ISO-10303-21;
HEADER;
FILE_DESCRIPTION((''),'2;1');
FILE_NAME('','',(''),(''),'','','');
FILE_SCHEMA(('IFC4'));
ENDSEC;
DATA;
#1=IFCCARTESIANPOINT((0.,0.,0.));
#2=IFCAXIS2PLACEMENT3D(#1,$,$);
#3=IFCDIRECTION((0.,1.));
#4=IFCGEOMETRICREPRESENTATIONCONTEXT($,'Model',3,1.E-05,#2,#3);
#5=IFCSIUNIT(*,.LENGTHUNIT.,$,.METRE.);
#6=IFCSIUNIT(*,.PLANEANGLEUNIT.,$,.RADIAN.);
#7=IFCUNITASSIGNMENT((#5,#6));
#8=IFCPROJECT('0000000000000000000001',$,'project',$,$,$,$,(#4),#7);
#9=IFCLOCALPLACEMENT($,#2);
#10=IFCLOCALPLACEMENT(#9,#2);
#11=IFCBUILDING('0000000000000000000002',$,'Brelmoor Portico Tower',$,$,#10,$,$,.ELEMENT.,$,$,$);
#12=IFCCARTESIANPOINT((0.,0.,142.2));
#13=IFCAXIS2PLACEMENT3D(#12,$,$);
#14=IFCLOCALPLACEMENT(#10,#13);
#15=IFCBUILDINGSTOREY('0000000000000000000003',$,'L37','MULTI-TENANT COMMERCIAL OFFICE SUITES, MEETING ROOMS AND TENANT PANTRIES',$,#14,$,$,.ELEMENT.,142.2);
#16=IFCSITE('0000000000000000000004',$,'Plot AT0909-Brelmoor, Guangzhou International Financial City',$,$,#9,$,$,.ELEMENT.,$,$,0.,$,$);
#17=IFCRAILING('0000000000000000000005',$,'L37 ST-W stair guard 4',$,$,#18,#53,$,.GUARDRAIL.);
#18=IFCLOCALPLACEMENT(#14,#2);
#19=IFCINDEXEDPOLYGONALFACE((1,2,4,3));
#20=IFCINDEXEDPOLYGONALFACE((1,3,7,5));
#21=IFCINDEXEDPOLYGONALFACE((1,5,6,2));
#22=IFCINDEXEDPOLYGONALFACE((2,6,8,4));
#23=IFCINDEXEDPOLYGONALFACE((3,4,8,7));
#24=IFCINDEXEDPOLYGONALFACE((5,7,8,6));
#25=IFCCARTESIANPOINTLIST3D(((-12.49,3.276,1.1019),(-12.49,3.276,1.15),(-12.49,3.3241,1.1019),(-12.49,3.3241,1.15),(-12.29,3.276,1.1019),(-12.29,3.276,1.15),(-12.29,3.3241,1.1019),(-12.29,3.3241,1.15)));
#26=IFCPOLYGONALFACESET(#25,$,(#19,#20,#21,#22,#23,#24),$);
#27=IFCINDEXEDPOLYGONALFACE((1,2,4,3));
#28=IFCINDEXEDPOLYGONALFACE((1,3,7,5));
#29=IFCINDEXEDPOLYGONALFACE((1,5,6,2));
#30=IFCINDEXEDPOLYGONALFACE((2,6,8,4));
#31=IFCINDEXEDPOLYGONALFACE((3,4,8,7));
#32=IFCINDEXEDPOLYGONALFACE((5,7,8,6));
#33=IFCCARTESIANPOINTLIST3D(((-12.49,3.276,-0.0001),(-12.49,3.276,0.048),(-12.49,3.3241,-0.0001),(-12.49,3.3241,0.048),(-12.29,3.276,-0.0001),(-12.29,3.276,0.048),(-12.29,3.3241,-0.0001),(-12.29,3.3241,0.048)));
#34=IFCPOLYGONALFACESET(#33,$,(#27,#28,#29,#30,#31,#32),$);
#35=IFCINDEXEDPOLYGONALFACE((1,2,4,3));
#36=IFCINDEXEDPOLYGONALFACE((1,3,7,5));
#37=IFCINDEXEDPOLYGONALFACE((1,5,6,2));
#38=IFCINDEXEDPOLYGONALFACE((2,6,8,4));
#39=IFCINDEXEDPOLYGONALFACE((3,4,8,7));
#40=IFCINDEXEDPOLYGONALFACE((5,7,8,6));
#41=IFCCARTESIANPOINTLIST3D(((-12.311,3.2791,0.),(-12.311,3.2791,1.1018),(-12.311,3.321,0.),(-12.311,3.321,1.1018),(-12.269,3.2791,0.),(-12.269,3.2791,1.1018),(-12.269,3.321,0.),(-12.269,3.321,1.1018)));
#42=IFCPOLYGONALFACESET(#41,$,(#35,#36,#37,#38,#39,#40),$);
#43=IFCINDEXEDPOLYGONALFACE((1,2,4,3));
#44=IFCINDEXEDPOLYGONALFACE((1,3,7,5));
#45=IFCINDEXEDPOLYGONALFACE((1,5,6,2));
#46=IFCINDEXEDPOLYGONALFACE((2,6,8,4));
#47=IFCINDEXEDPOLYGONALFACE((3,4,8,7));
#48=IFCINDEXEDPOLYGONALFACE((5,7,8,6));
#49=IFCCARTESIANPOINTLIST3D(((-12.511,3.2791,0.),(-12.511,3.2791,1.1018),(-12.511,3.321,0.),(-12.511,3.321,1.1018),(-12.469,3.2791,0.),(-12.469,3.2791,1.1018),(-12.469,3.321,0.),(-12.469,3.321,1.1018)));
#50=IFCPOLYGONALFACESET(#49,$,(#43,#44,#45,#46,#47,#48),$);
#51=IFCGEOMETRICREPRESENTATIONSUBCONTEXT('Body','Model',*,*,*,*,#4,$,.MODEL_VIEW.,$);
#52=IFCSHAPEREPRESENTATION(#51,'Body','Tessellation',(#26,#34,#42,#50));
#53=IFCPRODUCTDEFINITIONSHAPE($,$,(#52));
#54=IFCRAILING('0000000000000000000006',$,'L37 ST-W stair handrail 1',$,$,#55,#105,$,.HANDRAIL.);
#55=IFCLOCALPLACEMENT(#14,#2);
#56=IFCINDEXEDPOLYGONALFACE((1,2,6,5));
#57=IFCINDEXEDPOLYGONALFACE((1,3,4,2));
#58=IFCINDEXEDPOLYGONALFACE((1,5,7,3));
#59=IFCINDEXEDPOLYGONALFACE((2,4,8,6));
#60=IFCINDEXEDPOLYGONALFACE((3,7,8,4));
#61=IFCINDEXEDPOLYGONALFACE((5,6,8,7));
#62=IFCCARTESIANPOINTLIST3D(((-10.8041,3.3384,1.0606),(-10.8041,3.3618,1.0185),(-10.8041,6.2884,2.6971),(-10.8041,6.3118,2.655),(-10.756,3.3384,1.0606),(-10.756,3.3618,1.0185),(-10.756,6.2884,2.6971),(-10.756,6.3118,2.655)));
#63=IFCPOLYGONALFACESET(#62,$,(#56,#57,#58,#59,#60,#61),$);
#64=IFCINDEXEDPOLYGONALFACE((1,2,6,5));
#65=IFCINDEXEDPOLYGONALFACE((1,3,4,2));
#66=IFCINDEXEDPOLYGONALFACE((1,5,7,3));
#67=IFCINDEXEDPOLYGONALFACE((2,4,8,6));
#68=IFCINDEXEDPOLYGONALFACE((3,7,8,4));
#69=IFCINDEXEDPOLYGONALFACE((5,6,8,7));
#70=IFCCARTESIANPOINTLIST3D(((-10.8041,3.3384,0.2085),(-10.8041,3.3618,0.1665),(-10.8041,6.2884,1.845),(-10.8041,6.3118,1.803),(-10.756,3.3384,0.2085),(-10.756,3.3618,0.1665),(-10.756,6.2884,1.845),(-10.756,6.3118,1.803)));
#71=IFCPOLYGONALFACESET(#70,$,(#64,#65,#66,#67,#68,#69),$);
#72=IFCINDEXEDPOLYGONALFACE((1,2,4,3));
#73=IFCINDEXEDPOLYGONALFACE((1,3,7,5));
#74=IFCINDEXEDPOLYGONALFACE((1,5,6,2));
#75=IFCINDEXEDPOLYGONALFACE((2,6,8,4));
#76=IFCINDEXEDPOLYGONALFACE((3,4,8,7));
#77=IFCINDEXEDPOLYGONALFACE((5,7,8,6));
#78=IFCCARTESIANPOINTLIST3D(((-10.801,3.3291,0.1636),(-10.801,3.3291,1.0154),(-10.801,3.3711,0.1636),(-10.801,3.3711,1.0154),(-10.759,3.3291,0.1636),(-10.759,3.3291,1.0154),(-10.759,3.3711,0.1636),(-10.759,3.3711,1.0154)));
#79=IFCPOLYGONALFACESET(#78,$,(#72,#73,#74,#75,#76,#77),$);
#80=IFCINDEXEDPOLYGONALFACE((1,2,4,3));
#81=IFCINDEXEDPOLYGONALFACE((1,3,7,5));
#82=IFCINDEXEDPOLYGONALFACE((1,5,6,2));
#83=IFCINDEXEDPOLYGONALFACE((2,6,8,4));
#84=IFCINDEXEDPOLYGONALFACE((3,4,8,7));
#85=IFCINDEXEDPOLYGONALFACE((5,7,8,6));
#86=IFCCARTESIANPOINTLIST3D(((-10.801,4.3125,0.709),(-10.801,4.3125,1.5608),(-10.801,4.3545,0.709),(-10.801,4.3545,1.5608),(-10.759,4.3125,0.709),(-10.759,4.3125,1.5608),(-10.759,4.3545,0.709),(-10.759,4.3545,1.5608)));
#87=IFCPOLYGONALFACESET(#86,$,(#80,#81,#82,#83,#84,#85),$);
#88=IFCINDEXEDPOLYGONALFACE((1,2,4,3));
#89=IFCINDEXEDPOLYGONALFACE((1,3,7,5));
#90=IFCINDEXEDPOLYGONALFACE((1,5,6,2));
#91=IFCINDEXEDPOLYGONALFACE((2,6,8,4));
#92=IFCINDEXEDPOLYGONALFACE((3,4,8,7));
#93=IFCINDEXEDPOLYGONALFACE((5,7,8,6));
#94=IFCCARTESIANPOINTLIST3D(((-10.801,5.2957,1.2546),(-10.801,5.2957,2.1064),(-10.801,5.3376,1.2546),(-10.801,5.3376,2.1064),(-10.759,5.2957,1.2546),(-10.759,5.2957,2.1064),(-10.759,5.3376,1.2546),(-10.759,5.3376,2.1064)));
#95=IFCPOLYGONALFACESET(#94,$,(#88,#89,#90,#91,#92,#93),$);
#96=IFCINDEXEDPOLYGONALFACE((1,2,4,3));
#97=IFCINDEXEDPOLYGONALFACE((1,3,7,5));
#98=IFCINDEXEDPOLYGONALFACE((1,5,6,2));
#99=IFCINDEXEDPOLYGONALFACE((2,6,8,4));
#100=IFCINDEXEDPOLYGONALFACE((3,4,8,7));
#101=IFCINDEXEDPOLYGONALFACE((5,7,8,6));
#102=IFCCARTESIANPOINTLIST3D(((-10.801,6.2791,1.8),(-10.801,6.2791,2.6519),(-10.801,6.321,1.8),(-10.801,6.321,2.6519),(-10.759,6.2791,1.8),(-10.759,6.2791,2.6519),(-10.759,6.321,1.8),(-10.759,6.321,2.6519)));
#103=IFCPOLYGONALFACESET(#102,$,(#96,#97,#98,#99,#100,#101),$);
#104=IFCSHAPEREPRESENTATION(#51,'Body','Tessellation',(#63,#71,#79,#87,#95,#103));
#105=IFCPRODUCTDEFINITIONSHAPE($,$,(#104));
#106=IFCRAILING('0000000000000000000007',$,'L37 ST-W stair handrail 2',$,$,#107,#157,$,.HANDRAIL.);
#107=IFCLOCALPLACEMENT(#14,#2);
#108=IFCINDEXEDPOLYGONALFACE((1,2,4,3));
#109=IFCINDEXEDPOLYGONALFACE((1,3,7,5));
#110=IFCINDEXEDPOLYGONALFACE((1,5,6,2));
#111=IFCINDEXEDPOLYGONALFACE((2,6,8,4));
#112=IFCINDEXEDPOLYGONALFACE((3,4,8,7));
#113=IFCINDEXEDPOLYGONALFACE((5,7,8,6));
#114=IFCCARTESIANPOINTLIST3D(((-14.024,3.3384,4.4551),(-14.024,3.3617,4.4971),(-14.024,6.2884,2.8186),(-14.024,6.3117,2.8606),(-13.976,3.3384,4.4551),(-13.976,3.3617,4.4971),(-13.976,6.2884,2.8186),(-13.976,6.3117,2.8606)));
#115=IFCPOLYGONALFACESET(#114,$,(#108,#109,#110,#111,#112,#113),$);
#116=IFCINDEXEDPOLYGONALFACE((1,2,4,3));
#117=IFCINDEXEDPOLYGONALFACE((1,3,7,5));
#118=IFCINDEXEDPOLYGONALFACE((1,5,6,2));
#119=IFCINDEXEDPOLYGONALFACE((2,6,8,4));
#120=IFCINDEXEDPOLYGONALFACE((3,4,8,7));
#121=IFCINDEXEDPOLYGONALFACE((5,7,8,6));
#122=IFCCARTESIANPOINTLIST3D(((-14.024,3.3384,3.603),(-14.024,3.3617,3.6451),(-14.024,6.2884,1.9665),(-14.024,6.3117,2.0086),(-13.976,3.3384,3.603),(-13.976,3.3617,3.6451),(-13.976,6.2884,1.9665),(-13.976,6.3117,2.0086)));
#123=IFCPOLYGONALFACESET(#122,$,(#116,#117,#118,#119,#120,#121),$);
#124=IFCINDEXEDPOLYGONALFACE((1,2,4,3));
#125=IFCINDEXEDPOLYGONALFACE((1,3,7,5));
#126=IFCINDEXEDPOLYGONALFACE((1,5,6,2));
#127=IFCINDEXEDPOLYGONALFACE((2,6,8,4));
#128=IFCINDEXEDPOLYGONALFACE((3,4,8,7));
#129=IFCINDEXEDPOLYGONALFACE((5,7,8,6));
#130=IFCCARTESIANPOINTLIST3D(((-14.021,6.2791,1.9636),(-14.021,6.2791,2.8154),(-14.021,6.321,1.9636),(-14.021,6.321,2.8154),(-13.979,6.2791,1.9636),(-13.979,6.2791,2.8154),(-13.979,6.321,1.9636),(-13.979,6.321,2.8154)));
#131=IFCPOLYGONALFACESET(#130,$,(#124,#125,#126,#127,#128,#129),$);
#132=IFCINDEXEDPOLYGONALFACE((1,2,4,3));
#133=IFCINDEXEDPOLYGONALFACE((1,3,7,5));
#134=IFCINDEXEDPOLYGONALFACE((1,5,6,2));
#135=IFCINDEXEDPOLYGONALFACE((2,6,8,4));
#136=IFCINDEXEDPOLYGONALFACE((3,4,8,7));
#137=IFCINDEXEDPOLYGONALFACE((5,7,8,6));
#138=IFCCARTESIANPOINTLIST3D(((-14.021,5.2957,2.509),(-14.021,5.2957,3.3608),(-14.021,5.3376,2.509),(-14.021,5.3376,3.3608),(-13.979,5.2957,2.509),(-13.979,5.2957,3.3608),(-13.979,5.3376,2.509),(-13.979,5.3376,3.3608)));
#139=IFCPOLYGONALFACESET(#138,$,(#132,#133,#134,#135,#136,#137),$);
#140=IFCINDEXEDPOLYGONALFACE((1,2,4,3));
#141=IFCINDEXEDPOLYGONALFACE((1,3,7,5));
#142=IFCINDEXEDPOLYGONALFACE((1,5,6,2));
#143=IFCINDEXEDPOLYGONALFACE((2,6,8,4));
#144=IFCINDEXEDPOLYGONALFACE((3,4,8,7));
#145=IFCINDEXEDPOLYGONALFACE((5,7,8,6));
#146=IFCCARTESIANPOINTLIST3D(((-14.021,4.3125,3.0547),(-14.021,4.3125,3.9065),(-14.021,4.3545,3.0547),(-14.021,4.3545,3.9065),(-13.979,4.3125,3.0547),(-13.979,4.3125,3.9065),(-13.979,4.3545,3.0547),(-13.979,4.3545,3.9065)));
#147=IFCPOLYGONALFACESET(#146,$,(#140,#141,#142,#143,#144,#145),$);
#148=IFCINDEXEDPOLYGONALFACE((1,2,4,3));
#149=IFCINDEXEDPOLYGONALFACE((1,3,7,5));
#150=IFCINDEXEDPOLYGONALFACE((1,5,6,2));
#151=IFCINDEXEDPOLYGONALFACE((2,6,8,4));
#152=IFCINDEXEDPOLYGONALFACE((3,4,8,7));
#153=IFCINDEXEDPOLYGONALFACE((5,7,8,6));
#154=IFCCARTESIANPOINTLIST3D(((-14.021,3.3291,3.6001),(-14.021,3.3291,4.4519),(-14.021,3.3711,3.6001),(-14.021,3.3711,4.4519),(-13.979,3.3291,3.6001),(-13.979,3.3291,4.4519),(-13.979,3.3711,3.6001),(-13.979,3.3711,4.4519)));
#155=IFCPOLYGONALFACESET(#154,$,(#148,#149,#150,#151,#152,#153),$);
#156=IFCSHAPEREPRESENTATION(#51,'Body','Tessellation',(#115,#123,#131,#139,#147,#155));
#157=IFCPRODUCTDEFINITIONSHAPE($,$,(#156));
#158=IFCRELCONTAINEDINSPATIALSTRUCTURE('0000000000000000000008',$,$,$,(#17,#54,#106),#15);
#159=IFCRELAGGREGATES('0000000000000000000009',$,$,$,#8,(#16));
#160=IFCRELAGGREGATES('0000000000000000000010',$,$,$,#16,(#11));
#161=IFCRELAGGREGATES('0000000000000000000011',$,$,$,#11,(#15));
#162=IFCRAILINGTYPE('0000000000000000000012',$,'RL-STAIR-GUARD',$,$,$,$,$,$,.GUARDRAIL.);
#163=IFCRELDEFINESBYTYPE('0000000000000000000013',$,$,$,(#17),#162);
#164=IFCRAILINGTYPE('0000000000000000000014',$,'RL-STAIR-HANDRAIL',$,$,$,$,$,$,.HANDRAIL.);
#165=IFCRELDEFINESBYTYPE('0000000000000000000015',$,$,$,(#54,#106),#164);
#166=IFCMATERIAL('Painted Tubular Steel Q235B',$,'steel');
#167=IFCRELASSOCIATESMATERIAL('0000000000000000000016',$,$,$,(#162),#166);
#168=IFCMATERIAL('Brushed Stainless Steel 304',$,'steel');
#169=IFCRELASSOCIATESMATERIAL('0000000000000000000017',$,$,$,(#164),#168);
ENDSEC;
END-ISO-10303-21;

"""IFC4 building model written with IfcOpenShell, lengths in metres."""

from ifc_helpers import new_model, si_unit, direction, frame, origin, origin_2d, place, context, subcontext, project, spatial, rectangle, extrude, material, type_object, element, save


model = new_model("IFC4")

# Units and contexts
model_context = context("Model", 3, precision=1e-05, world=origin(), true_north=direction((0.0, 1.0)))
body_context = subcontext(model_context, "Body", "Model", "MODEL_VIEW")
ifc_project = project(units=[si_unit("LENGTHUNIT", "METRE"), si_unit("PLANEANGLEUNIT", "RADIAN")], contexts=[model_context])

# Site, building, storey
site_placement = place(None, origin())
site = spatial("IfcSite", under=ifc_project, at=site_placement, Name="Plot AT0909-Brelmoor, Guangzhou International Financial City", CompositionType="ELEMENT", RefElevation=0.0)
building_placement = place(site_placement, origin())
building = spatial("IfcBuilding", under=site, at=building_placement, Name="Brelmoor Portico Tower", CompositionType="ELEMENT")
storey_placement = place(building_placement, frame((0.0, 0.0, 142.2)))
storey = spatial("IfcBuildingStorey", under=building, at=storey_placement, Name="L37", Description="MULTI-TENANT COMMERCIAL OFFICE SUITES, MEETING ROOMS AND TENANT PANTRIES", CompositionType="ELEMENT", Elevation=142.2)

# Railings
ifc_material_1 = material(Name="Painted Tubular Steel Q235B", Category="steel")
railing_type_1 = type_object("IfcRailingType", Name="RL-STAIR-GUARD", PredefinedType="GUARDRAIL", material=ifc_material_1)
railing_1_placement = place(storey_placement, frame((-12.29, 3.3, 0.0)))
element("IfcRailing", 1, at=railing_1_placement, inside=storey, type_object=railing_type_1, Name="L37 ST-W stair guard 4", PredefinedType="GUARDRAIL", context=body_context, shape_type="SweptSolid", body=[
    extrude(rectangle(XDim=0.0481, YDim=0.0481, at=origin_2d()), frame((0.0, 0.0, 1.126), z_axis=(-1.0, 0.0, 0.0), x_axis=(0.0, -1.0, 0.0)), (0.0, 0.0, 1.0), 0.2),
    extrude(rectangle(XDim=0.0481, YDim=0.0481, at=origin_2d()), frame((0.0, 0.0, 0.0239), z_axis=(-1.0, 0.0, 0.0), x_axis=(0.0, -1.0, 0.0)), (0.0, 0.0, 1.0), 0.2),
    extrude(rectangle(XDim=0.042, YDim=0.042, at=origin_2d()), origin(), (0.0, 0.0, 1.0), 1.1018),
    extrude(rectangle(XDim=0.042, YDim=0.042, at=origin_2d()), frame((-0.2, 0.0, 0.0)), (0.0, 0.0, 1.0), 1.1018),
])
ifc_material_2 = material(Name="Brushed Stainless Steel 304", Category="steel")
railing_type_2 = type_object("IfcRailingType", Name="RL-STAIR-HANDRAIL", PredefinedType="HANDRAIL", material=ifc_material_2)
railing_2_placement = place(storey_placement, frame((-10.78, 3.3501, 0.1636)))
element("IfcRailing", 2, at=railing_2_placement, inside=storey, type_object=railing_type_2, Name="L37 ST-W stair handrail 1", PredefinedType="HANDRAIL", context=body_context, shape_type="SweptSolid", body=[
    extrude(rectangle(XDim=0.0481, YDim=0.0481, at=origin_2d()), frame((0.0, 0.0, 0.876), z_axis=(0.0, 0.874458, 0.485102), x_axis=(-1.0, 0.0, 0.0)), (0.0, 0.0, 1.0), 3.3735),
    extrude(rectangle(XDim=0.0481, YDim=0.0481, at=origin_2d()), frame((0.0, 0.0, 0.0239), z_axis=(0.0, 0.874458, 0.485102), x_axis=(-1.0, 0.0, 0.0)), (0.0, 0.0, 1.0), 3.3735),
    extrude(rectangle(XDim=0.042, YDim=0.042, at=origin_2d()), origin(), (0.0, 0.0, 1.0), 0.8518),
    extrude(rectangle(XDim=0.042, YDim=0.042, at=origin_2d()), frame((0.0, 0.9834, 0.5454)), (0.0, 0.0, 1.0), 0.8518),
    extrude(rectangle(XDim=0.042, YDim=0.042, at=origin_2d()), frame((0.0, 1.9666, 1.0911)), (0.0, 0.0, 1.0), 0.8518),
    extrude(rectangle(XDim=0.042, YDim=0.042, at=origin_2d()), frame((0.0, 2.95, 1.6365)), (0.0, 0.0, 1.0), 0.8518),
])
railing_3_placement = place(storey_placement, frame((-14.0, 6.3, 1.9636)))
element("IfcRailing", 3, at=railing_3_placement, inside=storey, type_object=railing_type_2, Name="L37 ST-W stair handrail 2", PredefinedType="HANDRAIL", context=body_context, shape_type="SweptSolid", body=[
    extrude(rectangle(XDim=0.0481, YDim=0.0481, at=origin_2d()), frame((0.0, 0.0, 0.876), z_axis=(0.0, -0.874458, 0.485102), x_axis=(1.0, 0.0, 0.0)), (0.0, 0.0, 1.0), 3.3735),
    extrude(rectangle(XDim=0.0481, YDim=0.0481, at=origin_2d()), frame((0.0, 0.0, 0.0239), z_axis=(0.0, -0.874458, 0.485102), x_axis=(1.0, 0.0, 0.0)), (0.0, 0.0, 1.0), 3.3735),
    extrude(rectangle(XDim=0.042, YDim=0.042, at=origin_2d()), origin(), (0.0, 0.0, 1.0), 0.8518),
    extrude(rectangle(XDim=0.042, YDim=0.042, at=origin_2d()), frame((0.0, -0.9834, 0.5454)), (0.0, 0.0, 1.0), 0.8518),
    extrude(rectangle(XDim=0.042, YDim=0.042, at=origin_2d()), frame((0.0, -1.9666, 1.0911)), (0.0, 0.0, 1.0), 0.8518),
    extrude(rectangle(XDim=0.042, YDim=0.042, at=origin_2d()), frame((0.0, -2.95, 1.6365)), (0.0, 0.0, 1.0), 0.8518),
])

save(model, "model.ifc")
